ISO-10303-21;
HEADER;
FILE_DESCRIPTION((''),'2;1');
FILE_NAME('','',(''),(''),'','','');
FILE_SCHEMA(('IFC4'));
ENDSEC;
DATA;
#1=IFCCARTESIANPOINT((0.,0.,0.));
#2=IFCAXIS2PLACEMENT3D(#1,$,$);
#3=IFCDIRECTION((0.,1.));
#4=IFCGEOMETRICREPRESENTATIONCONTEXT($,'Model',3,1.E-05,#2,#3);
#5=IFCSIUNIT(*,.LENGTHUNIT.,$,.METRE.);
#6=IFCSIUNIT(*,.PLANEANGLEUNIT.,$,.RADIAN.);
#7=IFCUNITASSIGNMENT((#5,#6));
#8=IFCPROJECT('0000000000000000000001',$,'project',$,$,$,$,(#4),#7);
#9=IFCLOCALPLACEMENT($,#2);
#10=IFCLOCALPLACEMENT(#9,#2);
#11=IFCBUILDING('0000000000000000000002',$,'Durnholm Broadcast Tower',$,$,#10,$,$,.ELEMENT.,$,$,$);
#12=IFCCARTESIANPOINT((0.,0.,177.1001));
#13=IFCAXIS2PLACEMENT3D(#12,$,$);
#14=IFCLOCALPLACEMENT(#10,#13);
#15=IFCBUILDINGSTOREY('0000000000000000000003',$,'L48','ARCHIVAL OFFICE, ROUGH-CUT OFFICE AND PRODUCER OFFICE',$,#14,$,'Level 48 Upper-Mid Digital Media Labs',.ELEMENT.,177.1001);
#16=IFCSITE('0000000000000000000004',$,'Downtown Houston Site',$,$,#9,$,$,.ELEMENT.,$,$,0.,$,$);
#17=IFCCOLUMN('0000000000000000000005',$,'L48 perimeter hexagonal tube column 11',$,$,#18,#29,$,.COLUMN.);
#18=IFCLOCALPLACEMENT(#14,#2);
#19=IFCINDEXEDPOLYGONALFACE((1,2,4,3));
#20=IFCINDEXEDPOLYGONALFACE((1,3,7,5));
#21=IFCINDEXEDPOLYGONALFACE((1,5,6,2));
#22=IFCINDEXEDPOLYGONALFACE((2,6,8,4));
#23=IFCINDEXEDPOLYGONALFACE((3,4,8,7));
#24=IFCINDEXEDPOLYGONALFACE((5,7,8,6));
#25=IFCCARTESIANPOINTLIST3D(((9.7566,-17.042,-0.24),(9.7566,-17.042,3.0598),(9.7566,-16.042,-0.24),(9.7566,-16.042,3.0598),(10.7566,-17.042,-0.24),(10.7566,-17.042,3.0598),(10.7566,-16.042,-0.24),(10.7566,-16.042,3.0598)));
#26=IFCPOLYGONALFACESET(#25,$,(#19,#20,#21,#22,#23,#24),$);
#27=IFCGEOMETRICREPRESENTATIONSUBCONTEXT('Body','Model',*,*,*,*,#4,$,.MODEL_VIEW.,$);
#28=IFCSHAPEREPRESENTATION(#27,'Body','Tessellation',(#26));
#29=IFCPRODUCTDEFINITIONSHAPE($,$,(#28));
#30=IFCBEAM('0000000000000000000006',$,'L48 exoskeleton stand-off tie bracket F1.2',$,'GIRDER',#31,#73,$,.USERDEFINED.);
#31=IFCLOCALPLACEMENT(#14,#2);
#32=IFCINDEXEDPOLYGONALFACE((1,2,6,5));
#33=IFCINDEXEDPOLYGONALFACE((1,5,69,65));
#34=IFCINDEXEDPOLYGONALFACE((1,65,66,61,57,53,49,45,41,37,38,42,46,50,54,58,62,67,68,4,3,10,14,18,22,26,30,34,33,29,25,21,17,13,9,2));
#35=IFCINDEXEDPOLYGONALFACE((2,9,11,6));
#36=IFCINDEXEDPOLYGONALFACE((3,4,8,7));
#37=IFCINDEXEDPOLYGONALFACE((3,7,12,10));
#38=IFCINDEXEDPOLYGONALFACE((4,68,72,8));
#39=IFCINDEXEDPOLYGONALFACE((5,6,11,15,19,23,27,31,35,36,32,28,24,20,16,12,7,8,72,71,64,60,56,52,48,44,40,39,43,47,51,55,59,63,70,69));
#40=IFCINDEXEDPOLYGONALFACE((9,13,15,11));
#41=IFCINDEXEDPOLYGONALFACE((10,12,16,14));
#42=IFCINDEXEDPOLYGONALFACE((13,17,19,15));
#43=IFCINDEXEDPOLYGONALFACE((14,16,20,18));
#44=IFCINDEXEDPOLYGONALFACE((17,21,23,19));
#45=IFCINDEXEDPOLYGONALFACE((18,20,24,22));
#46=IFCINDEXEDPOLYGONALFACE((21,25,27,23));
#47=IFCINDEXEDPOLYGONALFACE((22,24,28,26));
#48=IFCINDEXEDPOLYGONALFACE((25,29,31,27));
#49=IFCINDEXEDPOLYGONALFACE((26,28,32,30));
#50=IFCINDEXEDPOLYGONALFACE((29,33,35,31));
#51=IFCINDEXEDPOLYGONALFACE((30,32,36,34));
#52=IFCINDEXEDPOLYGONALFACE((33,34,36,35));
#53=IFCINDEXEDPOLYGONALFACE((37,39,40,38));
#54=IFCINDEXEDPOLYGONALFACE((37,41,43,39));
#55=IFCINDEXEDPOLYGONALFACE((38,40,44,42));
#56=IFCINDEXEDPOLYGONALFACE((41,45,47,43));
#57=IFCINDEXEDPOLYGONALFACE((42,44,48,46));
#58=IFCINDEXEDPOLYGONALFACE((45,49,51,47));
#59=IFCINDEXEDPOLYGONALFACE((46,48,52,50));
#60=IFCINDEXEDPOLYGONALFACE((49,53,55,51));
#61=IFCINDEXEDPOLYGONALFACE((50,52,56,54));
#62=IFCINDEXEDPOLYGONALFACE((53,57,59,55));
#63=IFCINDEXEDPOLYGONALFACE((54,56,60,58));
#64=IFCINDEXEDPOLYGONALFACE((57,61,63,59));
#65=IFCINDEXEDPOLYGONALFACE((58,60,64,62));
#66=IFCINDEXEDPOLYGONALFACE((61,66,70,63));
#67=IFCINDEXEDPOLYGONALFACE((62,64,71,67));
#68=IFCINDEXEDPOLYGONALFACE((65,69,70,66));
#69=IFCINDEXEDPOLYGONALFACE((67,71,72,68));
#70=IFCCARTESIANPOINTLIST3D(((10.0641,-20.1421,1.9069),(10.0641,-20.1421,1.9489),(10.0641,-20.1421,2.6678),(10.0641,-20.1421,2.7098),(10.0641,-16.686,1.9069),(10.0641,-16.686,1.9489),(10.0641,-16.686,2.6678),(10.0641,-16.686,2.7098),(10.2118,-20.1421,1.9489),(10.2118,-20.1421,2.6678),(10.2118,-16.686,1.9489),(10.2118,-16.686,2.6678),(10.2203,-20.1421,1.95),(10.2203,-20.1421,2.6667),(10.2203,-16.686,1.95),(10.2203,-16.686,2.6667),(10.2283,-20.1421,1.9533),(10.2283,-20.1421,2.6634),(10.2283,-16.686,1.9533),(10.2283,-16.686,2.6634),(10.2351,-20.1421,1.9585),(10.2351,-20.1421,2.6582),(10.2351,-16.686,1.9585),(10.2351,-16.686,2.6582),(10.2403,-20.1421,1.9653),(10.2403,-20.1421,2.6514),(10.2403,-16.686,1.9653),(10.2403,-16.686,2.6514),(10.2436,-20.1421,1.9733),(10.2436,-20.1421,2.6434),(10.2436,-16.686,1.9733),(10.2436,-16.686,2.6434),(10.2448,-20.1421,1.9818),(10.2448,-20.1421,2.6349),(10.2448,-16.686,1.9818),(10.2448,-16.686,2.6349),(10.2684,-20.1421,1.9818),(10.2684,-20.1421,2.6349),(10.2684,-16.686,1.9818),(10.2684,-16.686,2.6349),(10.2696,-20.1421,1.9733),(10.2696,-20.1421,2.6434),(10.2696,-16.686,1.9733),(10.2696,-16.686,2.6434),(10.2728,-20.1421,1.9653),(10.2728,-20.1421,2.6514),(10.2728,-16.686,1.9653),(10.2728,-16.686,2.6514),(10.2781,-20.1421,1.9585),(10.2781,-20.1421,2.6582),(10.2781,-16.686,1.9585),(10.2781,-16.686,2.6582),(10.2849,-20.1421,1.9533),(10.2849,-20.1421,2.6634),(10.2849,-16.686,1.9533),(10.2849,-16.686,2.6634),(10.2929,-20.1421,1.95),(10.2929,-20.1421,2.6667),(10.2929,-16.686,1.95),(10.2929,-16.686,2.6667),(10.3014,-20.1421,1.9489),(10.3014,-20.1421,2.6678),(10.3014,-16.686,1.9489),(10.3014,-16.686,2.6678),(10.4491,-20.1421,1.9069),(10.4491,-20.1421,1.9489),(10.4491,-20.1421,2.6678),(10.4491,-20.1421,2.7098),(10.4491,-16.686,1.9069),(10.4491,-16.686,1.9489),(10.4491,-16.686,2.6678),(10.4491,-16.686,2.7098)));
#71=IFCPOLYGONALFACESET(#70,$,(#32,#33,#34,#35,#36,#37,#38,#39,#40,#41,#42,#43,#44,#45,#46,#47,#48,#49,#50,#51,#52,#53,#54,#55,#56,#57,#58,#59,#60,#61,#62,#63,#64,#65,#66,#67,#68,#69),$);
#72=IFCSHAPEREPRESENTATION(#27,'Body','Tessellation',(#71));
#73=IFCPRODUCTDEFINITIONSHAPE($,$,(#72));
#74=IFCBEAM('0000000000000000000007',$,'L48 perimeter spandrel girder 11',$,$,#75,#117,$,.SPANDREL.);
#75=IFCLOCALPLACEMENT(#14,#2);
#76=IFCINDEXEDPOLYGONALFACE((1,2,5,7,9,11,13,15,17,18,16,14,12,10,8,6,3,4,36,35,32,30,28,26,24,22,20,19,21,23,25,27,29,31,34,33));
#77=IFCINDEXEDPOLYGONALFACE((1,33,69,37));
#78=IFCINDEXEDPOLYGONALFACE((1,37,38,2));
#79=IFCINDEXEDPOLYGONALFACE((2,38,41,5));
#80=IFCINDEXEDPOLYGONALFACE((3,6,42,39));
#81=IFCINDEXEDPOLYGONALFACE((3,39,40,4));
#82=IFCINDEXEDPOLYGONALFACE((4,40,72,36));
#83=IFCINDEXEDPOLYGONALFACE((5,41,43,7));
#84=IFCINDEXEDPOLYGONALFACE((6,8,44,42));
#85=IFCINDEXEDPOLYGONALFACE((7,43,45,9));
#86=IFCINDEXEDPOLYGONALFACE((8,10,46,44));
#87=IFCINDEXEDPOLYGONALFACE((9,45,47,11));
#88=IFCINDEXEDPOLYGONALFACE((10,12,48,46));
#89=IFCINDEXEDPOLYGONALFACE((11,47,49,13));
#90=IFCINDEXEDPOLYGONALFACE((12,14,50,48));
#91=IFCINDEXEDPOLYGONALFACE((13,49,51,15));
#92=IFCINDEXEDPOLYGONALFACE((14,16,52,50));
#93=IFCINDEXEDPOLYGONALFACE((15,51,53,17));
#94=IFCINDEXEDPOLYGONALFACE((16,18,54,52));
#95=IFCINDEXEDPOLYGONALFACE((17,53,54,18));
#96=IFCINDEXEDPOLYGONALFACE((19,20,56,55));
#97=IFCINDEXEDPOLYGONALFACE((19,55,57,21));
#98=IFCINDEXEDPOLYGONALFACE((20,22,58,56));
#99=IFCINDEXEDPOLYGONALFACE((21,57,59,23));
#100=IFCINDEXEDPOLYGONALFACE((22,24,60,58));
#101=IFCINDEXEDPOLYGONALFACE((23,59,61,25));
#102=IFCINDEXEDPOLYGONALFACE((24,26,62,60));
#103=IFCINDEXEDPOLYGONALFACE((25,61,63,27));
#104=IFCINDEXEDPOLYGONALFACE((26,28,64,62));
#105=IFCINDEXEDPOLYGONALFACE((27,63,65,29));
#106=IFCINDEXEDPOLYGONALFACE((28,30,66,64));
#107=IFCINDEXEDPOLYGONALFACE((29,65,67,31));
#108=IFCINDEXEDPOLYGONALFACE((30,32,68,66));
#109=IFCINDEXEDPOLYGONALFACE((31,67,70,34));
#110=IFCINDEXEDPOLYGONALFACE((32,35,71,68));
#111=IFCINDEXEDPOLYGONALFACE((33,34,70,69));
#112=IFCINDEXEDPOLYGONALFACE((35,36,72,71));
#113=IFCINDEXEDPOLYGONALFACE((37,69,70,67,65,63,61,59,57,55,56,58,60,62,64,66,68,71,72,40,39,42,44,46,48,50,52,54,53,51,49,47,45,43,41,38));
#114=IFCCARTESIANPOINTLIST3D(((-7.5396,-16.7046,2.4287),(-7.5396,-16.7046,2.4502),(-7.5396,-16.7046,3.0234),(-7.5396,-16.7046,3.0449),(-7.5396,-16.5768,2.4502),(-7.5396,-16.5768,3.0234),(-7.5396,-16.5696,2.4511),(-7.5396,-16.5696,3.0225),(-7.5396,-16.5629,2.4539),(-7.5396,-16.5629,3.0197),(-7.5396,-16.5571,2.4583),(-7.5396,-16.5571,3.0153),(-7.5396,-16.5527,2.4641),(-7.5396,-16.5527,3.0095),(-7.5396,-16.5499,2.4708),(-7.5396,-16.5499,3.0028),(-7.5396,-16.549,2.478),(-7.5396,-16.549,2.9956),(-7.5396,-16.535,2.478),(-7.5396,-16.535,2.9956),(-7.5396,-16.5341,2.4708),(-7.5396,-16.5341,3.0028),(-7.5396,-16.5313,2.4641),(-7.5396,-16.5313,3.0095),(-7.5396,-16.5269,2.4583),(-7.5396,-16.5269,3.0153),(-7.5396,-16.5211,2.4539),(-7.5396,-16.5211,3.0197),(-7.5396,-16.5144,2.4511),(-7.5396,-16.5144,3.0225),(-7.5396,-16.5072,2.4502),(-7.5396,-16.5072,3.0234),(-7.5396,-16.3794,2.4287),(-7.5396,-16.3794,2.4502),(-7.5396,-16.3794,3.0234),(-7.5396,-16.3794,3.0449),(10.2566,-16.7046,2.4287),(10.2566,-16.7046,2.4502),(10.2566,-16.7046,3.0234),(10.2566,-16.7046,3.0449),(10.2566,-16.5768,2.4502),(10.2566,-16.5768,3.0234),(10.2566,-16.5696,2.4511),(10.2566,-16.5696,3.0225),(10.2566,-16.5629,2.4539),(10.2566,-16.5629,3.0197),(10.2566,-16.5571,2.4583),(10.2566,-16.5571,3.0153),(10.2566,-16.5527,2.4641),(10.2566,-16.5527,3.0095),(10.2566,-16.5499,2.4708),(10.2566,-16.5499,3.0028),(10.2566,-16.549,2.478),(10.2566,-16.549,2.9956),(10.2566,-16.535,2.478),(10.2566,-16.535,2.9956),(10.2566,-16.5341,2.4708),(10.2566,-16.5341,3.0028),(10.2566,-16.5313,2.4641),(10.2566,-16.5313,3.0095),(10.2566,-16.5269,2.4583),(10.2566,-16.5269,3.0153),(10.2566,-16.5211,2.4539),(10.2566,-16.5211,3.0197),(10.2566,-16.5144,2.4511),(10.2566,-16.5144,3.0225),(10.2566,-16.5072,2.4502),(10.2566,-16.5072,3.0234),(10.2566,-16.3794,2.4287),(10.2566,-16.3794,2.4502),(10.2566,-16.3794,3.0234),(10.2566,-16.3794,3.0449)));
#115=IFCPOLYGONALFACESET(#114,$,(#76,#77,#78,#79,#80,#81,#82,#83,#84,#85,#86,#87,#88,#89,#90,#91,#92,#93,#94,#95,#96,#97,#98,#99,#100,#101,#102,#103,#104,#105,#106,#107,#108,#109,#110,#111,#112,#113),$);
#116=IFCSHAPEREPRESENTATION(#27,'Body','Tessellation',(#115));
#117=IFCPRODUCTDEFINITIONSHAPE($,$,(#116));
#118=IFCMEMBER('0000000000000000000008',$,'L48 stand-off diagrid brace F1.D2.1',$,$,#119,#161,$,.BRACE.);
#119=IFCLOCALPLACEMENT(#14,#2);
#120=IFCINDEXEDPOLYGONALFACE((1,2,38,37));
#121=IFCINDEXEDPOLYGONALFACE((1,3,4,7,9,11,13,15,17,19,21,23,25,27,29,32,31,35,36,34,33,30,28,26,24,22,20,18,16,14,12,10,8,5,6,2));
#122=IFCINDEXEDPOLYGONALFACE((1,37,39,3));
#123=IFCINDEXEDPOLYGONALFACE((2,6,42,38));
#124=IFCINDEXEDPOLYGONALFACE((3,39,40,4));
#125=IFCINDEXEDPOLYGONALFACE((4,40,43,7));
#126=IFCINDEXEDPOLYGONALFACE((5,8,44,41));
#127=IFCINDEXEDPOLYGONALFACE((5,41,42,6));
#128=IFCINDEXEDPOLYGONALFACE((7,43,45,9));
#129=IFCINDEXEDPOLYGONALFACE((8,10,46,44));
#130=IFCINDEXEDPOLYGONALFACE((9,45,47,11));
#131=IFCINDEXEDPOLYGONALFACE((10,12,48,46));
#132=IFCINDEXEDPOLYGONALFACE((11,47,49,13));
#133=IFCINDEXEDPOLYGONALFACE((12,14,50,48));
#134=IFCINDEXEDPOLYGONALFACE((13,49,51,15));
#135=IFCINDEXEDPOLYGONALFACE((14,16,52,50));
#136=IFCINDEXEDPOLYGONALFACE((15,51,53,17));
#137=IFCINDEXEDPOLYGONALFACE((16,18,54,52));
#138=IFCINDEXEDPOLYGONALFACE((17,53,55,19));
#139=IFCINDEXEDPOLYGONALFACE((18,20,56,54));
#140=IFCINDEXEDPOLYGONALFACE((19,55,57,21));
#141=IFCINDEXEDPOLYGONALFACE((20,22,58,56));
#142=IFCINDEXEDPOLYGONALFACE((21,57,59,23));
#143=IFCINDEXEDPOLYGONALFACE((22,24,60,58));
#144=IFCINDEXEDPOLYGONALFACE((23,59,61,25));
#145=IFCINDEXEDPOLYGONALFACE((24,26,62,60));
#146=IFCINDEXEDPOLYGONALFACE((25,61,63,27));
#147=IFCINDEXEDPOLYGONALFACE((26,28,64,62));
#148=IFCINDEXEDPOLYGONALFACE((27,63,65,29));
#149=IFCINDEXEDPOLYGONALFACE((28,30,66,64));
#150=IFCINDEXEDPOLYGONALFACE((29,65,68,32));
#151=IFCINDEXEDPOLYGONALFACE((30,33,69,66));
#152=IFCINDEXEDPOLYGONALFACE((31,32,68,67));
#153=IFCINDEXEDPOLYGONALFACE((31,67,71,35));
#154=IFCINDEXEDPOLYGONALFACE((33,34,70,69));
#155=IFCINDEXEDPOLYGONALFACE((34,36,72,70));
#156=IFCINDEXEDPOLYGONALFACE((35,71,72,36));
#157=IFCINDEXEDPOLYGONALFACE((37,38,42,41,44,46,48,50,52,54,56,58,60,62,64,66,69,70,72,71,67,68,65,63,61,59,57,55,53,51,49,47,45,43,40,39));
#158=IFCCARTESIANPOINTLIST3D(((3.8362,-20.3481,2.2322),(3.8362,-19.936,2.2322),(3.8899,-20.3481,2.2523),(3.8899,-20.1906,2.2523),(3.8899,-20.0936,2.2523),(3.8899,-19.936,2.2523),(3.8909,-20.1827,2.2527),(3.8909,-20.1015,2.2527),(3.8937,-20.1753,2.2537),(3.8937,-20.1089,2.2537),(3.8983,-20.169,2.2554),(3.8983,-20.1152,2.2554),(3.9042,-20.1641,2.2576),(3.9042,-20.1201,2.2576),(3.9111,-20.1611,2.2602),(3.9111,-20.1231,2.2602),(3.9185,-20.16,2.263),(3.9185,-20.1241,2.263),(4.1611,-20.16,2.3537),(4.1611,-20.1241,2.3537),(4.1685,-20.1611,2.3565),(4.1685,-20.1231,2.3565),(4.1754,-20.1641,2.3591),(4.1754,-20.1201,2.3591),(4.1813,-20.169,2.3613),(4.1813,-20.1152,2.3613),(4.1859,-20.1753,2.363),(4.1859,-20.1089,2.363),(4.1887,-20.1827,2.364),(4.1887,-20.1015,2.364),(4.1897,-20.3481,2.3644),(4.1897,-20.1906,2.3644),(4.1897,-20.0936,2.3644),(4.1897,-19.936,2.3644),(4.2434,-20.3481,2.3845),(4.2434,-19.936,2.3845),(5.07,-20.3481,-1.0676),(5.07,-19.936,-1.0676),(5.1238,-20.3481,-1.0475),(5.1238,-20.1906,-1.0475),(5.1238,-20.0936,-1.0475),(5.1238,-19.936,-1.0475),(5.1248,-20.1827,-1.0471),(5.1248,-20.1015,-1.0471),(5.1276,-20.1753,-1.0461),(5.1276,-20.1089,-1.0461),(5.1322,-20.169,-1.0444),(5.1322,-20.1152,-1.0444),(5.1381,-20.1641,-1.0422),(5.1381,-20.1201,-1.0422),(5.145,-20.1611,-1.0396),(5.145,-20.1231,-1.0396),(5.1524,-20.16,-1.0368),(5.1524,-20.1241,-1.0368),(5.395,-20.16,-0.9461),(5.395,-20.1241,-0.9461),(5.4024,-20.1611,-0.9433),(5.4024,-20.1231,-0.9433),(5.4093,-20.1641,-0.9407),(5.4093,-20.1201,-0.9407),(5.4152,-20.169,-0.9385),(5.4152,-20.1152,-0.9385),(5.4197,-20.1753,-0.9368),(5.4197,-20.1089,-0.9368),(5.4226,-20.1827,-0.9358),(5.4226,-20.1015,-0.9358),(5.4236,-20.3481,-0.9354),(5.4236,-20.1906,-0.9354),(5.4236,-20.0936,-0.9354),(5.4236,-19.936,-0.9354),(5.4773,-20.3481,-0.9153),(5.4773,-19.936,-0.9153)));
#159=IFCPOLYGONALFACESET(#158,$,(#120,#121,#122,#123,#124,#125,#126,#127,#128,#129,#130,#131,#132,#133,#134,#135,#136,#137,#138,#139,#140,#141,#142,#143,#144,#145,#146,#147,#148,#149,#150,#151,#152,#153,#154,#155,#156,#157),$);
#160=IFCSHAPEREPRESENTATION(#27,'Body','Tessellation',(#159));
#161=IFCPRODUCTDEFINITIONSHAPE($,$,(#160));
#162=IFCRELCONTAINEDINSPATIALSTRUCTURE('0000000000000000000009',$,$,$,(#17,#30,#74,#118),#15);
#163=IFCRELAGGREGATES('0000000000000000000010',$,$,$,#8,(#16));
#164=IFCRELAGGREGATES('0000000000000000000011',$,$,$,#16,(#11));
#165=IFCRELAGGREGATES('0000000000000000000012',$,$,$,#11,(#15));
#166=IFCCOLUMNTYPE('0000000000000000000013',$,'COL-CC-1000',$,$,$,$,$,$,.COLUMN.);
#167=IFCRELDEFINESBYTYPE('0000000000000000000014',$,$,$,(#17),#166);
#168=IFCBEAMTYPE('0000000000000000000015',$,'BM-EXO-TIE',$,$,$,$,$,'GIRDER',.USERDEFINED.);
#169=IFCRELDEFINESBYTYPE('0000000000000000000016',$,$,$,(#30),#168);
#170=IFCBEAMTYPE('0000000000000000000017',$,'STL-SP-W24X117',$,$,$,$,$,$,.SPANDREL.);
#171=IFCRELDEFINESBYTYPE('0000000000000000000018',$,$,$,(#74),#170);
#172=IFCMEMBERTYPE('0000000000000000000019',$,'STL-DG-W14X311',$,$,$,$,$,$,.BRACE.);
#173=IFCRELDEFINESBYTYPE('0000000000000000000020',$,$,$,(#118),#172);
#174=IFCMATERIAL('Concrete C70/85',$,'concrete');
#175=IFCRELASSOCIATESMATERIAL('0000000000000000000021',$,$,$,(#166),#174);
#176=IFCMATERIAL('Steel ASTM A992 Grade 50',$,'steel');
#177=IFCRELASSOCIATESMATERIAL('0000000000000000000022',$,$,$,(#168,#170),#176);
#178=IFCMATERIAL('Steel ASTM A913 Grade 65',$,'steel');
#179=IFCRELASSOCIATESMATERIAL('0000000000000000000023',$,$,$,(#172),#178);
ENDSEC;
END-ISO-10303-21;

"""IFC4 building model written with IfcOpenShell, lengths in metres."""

from ifc_helpers import new_model, si_unit, direction, frame, origin, origin_2d, place, context, subcontext, project, spatial, rectangle, i_section, extrude, source, transform, mapped, material, material_profile, profile_set, type_object, type_shapes, element, save


model = new_model("IFC4")

# Units and contexts
model_context = context("Model", 3, precision=1e-05, world=origin(), true_north=direction((0.0, 1.0)))
body_context = subcontext(model_context, "Body", "Model", "MODEL_VIEW")
ifc_project = project(units=[si_unit("LENGTHUNIT", "METRE"), si_unit("PLANEANGLEUNIT", "RADIAN")], contexts=[model_context])

# Site, building, storey
site_placement = place(None, origin())
site = spatial("IfcSite", under=ifc_project, at=site_placement, Name="Downtown Houston Site", CompositionType="ELEMENT", RefElevation=0.0)
building_placement = place(site_placement, origin())
building = spatial("IfcBuilding", under=site, at=building_placement, Name="Durnholm Broadcast Tower", CompositionType="ELEMENT")
storey_placement = place(building_placement, frame((0.0, 0.0, 177.1001)))
storey = spatial("IfcBuildingStorey", under=building, at=storey_placement, Name="L48", Description="ARCHIVAL OFFICE, ROUGH-CUT OFFICE AND PRODUCER OFFICE", LongName="Level 48 Upper-Mid Digital Media Labs", CompositionType="ELEMENT", Elevation=177.1001)

# Column
ifc_material_1 = material(Name="Concrete C70/85", Category="concrete")
ifc_material_profile_1 = material_profile(ifc_material_1, rectangle(XDim=1.0, YDim=1.0, at=origin_2d()), Name="RC1000X1000")
ifc_profile_set_1 = profile_set([ifc_material_profile_1], Name="Concrete C70/85")
column_type = type_object("IfcColumnType", Name="COL-CC-1000", PredefinedType="COLUMN", material=ifc_profile_set_1)
shared_shape_1 = source(origin(), body_context, "Body", "SweptSolid", [
    extrude(rectangle(XDim=1.0, YDim=1.0, at=origin_2d()), origin(), (0.0, 0.0, 1.0), 3.2998),
])
type_shapes(column_type, [shared_shape_1])
column_placement = place(storey_placement, frame((10.2566, -16.542, -0.24), z_axis=(0.0, 0.0, 1.0), x_axis=(1.0, 0.0, 0.0)))
element("IfcColumn", 1, at=column_placement, inside=storey, type_object=column_type, Name="L48 perimeter hexagonal tube column 11", PredefinedType="COLUMN", context=body_context, shape_type="MappedRepresentation", body=[
    mapped(shared_shape_1, transform((0.0, 0.0, 0.0), x_axis=(1.0, 0.0, 0.0), y_axis=(0.0, 1.0, 0.0), z_axis=(0.0, 0.0, 1.0), scale=1.0)),
])

# Beams
ifc_material_2 = material(Name="Steel ASTM A992 Grade 50", Category="steel")
ifc_material_profile_2 = material_profile(ifc_material_2, i_section(OverallWidth=0.385, OverallDepth=0.803, WebThickness=0.0237, FlangeThickness=0.042, FilletRadius=0.033, at=origin_2d()), Name="W30X261")
ifc_profile_set_2 = profile_set([ifc_material_profile_2], Name="Steel ASTM A992 Grade 50")
beam_type_1 = type_object("IfcBeamType", Name="BM-EXO-TIE", ElementType="GIRDER", PredefinedType="USERDEFINED", material=ifc_profile_set_2)
shared_shape_2 = source(origin(), body_context, "Body", "SweptSolid", [
    extrude(i_section(OverallWidth=0.385, OverallDepth=0.803, WebThickness=0.0237, FlangeThickness=0.042, FilletRadius=0.033, at=origin_2d()), origin(), (0.0, 0.0, 1.0), 3.4561),
])
type_shapes(beam_type_1, [shared_shape_2])
beam_1_placement = place(storey_placement, frame((10.2566, -16.686, 2.3083), z_axis=(0.0, -1.0, 0.0), x_axis=(1.0, 0.0, 0.0)))
element("IfcBeam", 2, at=beam_1_placement, inside=storey, type_object=beam_type_1, Name="L48 exoskeleton stand-off tie bracket F1.2", ObjectType="GIRDER", PredefinedType="USERDEFINED", context=body_context, shape_type="MappedRepresentation", body=[
    mapped(shared_shape_2, transform((0.0, 0.0, 0.0), x_axis=(1.0, 0.0, 0.0), y_axis=(0.0, 1.0, 0.0), z_axis=(0.0, 0.0, 1.0), scale=1.0)),
])
ifc_material_profile_3 = material_profile(ifc_material_2, i_section(OverallWidth=0.3252, OverallDepth=0.6162, WebThickness=0.0139, FlangeThickness=0.0215, FilletRadius=0.0278, at=origin_2d()), Name="W24X117")
ifc_profile_set_3 = profile_set([ifc_material_profile_3], Name="Steel ASTM A992 Grade 50")
beam_type_2 = type_object("IfcBeamType", Name="STL-SP-W24X117", PredefinedType="SPANDREL", material=ifc_profile_set_3)
shared_shape_3 = source(origin(), body_context, "Body", "SweptSolid", [
    extrude(i_section(OverallWidth=0.3252, OverallDepth=0.6162, WebThickness=0.0139, FlangeThickness=0.0215, FilletRadius=0.0278, at=origin_2d()), origin(), (0.0, 0.0, 1.0), 17.7961),
])
type_shapes(beam_type_2, [shared_shape_3])
beam_2_placement = place(storey_placement, frame((10.2566, -16.542, 2.7368), z_axis=(-1.0, 0.0, 0.0), x_axis=(0.0, -1.0, 0.0)))
element("IfcBeam", 3, at=beam_2_placement, inside=storey, type_object=beam_type_2, Name="L48 perimeter spandrel girder 11", PredefinedType="SPANDREL", context=body_context, shape_type="MappedRepresentation", body=[
    mapped(shared_shape_3, transform((0.0, 0.0, 0.0), x_axis=(1.0, 0.0, 0.0), y_axis=(0.0, 1.0, 0.0), z_axis=(0.0, 0.0, 1.0), scale=1.0)),
])

# Member
ifc_material_3 = material(Name="Steel ASTM A913 Grade 65", Category="steel")
ifc_material_profile_4 = material_profile(ifc_material_3, i_section(OverallWidth=0.4121, OverallDepth=0.4348, WebThickness=0.0359, FlangeThickness=0.0574, FilletRadius=0.0305, at=origin_2d()), Name="W14X311")
ifc_profile_set_4 = profile_set([ifc_material_profile_4], Name="Steel ASTM A913 Grade 65")
member_type_1 = type_object("IfcMemberType", Name="STL-DG-W14X311", PredefinedType="BRACE", material=ifc_profile_set_4)
shared_shape_4 = source(origin(), body_context, "Body", "SweptSolid", [
    extrude(i_section(OverallWidth=0.4121, OverallDepth=0.4348, WebThickness=0.0359, FlangeThickness=0.0574, FilletRadius=0.0305, at=origin_2d()), origin(), (0.0, 0.0, 1.0), 3.5229),
])
type_shapes(member_type_1, [shared_shape_4])
for number, where, z_axis, x_axis, name in (
    (4, (5.2737, -20.1421, -0.9915), (-0.350242, 0.0, 0.936659), (0.0, -1.0, 0.0), "L48 stand-off diagrid brace F1.D2.1"),
):
    element("IfcMember", number, at=place(storey_placement, frame(where, z_axis=z_axis, x_axis=x_axis)), inside=storey, type_object=member_type_1, Name=name, PredefinedType="BRACE", context=body_context, shape_type="MappedRepresentation", body=[
        mapped(shared_shape_4, transform((0.0, 0.0, 0.0), x_axis=(1.0, 0.0, 0.0), y_axis=(0.0, 1.0, 0.0), z_axis=(0.0, 0.0, 1.0), scale=1.0)),
    ])

save(model, "model.ifc")
